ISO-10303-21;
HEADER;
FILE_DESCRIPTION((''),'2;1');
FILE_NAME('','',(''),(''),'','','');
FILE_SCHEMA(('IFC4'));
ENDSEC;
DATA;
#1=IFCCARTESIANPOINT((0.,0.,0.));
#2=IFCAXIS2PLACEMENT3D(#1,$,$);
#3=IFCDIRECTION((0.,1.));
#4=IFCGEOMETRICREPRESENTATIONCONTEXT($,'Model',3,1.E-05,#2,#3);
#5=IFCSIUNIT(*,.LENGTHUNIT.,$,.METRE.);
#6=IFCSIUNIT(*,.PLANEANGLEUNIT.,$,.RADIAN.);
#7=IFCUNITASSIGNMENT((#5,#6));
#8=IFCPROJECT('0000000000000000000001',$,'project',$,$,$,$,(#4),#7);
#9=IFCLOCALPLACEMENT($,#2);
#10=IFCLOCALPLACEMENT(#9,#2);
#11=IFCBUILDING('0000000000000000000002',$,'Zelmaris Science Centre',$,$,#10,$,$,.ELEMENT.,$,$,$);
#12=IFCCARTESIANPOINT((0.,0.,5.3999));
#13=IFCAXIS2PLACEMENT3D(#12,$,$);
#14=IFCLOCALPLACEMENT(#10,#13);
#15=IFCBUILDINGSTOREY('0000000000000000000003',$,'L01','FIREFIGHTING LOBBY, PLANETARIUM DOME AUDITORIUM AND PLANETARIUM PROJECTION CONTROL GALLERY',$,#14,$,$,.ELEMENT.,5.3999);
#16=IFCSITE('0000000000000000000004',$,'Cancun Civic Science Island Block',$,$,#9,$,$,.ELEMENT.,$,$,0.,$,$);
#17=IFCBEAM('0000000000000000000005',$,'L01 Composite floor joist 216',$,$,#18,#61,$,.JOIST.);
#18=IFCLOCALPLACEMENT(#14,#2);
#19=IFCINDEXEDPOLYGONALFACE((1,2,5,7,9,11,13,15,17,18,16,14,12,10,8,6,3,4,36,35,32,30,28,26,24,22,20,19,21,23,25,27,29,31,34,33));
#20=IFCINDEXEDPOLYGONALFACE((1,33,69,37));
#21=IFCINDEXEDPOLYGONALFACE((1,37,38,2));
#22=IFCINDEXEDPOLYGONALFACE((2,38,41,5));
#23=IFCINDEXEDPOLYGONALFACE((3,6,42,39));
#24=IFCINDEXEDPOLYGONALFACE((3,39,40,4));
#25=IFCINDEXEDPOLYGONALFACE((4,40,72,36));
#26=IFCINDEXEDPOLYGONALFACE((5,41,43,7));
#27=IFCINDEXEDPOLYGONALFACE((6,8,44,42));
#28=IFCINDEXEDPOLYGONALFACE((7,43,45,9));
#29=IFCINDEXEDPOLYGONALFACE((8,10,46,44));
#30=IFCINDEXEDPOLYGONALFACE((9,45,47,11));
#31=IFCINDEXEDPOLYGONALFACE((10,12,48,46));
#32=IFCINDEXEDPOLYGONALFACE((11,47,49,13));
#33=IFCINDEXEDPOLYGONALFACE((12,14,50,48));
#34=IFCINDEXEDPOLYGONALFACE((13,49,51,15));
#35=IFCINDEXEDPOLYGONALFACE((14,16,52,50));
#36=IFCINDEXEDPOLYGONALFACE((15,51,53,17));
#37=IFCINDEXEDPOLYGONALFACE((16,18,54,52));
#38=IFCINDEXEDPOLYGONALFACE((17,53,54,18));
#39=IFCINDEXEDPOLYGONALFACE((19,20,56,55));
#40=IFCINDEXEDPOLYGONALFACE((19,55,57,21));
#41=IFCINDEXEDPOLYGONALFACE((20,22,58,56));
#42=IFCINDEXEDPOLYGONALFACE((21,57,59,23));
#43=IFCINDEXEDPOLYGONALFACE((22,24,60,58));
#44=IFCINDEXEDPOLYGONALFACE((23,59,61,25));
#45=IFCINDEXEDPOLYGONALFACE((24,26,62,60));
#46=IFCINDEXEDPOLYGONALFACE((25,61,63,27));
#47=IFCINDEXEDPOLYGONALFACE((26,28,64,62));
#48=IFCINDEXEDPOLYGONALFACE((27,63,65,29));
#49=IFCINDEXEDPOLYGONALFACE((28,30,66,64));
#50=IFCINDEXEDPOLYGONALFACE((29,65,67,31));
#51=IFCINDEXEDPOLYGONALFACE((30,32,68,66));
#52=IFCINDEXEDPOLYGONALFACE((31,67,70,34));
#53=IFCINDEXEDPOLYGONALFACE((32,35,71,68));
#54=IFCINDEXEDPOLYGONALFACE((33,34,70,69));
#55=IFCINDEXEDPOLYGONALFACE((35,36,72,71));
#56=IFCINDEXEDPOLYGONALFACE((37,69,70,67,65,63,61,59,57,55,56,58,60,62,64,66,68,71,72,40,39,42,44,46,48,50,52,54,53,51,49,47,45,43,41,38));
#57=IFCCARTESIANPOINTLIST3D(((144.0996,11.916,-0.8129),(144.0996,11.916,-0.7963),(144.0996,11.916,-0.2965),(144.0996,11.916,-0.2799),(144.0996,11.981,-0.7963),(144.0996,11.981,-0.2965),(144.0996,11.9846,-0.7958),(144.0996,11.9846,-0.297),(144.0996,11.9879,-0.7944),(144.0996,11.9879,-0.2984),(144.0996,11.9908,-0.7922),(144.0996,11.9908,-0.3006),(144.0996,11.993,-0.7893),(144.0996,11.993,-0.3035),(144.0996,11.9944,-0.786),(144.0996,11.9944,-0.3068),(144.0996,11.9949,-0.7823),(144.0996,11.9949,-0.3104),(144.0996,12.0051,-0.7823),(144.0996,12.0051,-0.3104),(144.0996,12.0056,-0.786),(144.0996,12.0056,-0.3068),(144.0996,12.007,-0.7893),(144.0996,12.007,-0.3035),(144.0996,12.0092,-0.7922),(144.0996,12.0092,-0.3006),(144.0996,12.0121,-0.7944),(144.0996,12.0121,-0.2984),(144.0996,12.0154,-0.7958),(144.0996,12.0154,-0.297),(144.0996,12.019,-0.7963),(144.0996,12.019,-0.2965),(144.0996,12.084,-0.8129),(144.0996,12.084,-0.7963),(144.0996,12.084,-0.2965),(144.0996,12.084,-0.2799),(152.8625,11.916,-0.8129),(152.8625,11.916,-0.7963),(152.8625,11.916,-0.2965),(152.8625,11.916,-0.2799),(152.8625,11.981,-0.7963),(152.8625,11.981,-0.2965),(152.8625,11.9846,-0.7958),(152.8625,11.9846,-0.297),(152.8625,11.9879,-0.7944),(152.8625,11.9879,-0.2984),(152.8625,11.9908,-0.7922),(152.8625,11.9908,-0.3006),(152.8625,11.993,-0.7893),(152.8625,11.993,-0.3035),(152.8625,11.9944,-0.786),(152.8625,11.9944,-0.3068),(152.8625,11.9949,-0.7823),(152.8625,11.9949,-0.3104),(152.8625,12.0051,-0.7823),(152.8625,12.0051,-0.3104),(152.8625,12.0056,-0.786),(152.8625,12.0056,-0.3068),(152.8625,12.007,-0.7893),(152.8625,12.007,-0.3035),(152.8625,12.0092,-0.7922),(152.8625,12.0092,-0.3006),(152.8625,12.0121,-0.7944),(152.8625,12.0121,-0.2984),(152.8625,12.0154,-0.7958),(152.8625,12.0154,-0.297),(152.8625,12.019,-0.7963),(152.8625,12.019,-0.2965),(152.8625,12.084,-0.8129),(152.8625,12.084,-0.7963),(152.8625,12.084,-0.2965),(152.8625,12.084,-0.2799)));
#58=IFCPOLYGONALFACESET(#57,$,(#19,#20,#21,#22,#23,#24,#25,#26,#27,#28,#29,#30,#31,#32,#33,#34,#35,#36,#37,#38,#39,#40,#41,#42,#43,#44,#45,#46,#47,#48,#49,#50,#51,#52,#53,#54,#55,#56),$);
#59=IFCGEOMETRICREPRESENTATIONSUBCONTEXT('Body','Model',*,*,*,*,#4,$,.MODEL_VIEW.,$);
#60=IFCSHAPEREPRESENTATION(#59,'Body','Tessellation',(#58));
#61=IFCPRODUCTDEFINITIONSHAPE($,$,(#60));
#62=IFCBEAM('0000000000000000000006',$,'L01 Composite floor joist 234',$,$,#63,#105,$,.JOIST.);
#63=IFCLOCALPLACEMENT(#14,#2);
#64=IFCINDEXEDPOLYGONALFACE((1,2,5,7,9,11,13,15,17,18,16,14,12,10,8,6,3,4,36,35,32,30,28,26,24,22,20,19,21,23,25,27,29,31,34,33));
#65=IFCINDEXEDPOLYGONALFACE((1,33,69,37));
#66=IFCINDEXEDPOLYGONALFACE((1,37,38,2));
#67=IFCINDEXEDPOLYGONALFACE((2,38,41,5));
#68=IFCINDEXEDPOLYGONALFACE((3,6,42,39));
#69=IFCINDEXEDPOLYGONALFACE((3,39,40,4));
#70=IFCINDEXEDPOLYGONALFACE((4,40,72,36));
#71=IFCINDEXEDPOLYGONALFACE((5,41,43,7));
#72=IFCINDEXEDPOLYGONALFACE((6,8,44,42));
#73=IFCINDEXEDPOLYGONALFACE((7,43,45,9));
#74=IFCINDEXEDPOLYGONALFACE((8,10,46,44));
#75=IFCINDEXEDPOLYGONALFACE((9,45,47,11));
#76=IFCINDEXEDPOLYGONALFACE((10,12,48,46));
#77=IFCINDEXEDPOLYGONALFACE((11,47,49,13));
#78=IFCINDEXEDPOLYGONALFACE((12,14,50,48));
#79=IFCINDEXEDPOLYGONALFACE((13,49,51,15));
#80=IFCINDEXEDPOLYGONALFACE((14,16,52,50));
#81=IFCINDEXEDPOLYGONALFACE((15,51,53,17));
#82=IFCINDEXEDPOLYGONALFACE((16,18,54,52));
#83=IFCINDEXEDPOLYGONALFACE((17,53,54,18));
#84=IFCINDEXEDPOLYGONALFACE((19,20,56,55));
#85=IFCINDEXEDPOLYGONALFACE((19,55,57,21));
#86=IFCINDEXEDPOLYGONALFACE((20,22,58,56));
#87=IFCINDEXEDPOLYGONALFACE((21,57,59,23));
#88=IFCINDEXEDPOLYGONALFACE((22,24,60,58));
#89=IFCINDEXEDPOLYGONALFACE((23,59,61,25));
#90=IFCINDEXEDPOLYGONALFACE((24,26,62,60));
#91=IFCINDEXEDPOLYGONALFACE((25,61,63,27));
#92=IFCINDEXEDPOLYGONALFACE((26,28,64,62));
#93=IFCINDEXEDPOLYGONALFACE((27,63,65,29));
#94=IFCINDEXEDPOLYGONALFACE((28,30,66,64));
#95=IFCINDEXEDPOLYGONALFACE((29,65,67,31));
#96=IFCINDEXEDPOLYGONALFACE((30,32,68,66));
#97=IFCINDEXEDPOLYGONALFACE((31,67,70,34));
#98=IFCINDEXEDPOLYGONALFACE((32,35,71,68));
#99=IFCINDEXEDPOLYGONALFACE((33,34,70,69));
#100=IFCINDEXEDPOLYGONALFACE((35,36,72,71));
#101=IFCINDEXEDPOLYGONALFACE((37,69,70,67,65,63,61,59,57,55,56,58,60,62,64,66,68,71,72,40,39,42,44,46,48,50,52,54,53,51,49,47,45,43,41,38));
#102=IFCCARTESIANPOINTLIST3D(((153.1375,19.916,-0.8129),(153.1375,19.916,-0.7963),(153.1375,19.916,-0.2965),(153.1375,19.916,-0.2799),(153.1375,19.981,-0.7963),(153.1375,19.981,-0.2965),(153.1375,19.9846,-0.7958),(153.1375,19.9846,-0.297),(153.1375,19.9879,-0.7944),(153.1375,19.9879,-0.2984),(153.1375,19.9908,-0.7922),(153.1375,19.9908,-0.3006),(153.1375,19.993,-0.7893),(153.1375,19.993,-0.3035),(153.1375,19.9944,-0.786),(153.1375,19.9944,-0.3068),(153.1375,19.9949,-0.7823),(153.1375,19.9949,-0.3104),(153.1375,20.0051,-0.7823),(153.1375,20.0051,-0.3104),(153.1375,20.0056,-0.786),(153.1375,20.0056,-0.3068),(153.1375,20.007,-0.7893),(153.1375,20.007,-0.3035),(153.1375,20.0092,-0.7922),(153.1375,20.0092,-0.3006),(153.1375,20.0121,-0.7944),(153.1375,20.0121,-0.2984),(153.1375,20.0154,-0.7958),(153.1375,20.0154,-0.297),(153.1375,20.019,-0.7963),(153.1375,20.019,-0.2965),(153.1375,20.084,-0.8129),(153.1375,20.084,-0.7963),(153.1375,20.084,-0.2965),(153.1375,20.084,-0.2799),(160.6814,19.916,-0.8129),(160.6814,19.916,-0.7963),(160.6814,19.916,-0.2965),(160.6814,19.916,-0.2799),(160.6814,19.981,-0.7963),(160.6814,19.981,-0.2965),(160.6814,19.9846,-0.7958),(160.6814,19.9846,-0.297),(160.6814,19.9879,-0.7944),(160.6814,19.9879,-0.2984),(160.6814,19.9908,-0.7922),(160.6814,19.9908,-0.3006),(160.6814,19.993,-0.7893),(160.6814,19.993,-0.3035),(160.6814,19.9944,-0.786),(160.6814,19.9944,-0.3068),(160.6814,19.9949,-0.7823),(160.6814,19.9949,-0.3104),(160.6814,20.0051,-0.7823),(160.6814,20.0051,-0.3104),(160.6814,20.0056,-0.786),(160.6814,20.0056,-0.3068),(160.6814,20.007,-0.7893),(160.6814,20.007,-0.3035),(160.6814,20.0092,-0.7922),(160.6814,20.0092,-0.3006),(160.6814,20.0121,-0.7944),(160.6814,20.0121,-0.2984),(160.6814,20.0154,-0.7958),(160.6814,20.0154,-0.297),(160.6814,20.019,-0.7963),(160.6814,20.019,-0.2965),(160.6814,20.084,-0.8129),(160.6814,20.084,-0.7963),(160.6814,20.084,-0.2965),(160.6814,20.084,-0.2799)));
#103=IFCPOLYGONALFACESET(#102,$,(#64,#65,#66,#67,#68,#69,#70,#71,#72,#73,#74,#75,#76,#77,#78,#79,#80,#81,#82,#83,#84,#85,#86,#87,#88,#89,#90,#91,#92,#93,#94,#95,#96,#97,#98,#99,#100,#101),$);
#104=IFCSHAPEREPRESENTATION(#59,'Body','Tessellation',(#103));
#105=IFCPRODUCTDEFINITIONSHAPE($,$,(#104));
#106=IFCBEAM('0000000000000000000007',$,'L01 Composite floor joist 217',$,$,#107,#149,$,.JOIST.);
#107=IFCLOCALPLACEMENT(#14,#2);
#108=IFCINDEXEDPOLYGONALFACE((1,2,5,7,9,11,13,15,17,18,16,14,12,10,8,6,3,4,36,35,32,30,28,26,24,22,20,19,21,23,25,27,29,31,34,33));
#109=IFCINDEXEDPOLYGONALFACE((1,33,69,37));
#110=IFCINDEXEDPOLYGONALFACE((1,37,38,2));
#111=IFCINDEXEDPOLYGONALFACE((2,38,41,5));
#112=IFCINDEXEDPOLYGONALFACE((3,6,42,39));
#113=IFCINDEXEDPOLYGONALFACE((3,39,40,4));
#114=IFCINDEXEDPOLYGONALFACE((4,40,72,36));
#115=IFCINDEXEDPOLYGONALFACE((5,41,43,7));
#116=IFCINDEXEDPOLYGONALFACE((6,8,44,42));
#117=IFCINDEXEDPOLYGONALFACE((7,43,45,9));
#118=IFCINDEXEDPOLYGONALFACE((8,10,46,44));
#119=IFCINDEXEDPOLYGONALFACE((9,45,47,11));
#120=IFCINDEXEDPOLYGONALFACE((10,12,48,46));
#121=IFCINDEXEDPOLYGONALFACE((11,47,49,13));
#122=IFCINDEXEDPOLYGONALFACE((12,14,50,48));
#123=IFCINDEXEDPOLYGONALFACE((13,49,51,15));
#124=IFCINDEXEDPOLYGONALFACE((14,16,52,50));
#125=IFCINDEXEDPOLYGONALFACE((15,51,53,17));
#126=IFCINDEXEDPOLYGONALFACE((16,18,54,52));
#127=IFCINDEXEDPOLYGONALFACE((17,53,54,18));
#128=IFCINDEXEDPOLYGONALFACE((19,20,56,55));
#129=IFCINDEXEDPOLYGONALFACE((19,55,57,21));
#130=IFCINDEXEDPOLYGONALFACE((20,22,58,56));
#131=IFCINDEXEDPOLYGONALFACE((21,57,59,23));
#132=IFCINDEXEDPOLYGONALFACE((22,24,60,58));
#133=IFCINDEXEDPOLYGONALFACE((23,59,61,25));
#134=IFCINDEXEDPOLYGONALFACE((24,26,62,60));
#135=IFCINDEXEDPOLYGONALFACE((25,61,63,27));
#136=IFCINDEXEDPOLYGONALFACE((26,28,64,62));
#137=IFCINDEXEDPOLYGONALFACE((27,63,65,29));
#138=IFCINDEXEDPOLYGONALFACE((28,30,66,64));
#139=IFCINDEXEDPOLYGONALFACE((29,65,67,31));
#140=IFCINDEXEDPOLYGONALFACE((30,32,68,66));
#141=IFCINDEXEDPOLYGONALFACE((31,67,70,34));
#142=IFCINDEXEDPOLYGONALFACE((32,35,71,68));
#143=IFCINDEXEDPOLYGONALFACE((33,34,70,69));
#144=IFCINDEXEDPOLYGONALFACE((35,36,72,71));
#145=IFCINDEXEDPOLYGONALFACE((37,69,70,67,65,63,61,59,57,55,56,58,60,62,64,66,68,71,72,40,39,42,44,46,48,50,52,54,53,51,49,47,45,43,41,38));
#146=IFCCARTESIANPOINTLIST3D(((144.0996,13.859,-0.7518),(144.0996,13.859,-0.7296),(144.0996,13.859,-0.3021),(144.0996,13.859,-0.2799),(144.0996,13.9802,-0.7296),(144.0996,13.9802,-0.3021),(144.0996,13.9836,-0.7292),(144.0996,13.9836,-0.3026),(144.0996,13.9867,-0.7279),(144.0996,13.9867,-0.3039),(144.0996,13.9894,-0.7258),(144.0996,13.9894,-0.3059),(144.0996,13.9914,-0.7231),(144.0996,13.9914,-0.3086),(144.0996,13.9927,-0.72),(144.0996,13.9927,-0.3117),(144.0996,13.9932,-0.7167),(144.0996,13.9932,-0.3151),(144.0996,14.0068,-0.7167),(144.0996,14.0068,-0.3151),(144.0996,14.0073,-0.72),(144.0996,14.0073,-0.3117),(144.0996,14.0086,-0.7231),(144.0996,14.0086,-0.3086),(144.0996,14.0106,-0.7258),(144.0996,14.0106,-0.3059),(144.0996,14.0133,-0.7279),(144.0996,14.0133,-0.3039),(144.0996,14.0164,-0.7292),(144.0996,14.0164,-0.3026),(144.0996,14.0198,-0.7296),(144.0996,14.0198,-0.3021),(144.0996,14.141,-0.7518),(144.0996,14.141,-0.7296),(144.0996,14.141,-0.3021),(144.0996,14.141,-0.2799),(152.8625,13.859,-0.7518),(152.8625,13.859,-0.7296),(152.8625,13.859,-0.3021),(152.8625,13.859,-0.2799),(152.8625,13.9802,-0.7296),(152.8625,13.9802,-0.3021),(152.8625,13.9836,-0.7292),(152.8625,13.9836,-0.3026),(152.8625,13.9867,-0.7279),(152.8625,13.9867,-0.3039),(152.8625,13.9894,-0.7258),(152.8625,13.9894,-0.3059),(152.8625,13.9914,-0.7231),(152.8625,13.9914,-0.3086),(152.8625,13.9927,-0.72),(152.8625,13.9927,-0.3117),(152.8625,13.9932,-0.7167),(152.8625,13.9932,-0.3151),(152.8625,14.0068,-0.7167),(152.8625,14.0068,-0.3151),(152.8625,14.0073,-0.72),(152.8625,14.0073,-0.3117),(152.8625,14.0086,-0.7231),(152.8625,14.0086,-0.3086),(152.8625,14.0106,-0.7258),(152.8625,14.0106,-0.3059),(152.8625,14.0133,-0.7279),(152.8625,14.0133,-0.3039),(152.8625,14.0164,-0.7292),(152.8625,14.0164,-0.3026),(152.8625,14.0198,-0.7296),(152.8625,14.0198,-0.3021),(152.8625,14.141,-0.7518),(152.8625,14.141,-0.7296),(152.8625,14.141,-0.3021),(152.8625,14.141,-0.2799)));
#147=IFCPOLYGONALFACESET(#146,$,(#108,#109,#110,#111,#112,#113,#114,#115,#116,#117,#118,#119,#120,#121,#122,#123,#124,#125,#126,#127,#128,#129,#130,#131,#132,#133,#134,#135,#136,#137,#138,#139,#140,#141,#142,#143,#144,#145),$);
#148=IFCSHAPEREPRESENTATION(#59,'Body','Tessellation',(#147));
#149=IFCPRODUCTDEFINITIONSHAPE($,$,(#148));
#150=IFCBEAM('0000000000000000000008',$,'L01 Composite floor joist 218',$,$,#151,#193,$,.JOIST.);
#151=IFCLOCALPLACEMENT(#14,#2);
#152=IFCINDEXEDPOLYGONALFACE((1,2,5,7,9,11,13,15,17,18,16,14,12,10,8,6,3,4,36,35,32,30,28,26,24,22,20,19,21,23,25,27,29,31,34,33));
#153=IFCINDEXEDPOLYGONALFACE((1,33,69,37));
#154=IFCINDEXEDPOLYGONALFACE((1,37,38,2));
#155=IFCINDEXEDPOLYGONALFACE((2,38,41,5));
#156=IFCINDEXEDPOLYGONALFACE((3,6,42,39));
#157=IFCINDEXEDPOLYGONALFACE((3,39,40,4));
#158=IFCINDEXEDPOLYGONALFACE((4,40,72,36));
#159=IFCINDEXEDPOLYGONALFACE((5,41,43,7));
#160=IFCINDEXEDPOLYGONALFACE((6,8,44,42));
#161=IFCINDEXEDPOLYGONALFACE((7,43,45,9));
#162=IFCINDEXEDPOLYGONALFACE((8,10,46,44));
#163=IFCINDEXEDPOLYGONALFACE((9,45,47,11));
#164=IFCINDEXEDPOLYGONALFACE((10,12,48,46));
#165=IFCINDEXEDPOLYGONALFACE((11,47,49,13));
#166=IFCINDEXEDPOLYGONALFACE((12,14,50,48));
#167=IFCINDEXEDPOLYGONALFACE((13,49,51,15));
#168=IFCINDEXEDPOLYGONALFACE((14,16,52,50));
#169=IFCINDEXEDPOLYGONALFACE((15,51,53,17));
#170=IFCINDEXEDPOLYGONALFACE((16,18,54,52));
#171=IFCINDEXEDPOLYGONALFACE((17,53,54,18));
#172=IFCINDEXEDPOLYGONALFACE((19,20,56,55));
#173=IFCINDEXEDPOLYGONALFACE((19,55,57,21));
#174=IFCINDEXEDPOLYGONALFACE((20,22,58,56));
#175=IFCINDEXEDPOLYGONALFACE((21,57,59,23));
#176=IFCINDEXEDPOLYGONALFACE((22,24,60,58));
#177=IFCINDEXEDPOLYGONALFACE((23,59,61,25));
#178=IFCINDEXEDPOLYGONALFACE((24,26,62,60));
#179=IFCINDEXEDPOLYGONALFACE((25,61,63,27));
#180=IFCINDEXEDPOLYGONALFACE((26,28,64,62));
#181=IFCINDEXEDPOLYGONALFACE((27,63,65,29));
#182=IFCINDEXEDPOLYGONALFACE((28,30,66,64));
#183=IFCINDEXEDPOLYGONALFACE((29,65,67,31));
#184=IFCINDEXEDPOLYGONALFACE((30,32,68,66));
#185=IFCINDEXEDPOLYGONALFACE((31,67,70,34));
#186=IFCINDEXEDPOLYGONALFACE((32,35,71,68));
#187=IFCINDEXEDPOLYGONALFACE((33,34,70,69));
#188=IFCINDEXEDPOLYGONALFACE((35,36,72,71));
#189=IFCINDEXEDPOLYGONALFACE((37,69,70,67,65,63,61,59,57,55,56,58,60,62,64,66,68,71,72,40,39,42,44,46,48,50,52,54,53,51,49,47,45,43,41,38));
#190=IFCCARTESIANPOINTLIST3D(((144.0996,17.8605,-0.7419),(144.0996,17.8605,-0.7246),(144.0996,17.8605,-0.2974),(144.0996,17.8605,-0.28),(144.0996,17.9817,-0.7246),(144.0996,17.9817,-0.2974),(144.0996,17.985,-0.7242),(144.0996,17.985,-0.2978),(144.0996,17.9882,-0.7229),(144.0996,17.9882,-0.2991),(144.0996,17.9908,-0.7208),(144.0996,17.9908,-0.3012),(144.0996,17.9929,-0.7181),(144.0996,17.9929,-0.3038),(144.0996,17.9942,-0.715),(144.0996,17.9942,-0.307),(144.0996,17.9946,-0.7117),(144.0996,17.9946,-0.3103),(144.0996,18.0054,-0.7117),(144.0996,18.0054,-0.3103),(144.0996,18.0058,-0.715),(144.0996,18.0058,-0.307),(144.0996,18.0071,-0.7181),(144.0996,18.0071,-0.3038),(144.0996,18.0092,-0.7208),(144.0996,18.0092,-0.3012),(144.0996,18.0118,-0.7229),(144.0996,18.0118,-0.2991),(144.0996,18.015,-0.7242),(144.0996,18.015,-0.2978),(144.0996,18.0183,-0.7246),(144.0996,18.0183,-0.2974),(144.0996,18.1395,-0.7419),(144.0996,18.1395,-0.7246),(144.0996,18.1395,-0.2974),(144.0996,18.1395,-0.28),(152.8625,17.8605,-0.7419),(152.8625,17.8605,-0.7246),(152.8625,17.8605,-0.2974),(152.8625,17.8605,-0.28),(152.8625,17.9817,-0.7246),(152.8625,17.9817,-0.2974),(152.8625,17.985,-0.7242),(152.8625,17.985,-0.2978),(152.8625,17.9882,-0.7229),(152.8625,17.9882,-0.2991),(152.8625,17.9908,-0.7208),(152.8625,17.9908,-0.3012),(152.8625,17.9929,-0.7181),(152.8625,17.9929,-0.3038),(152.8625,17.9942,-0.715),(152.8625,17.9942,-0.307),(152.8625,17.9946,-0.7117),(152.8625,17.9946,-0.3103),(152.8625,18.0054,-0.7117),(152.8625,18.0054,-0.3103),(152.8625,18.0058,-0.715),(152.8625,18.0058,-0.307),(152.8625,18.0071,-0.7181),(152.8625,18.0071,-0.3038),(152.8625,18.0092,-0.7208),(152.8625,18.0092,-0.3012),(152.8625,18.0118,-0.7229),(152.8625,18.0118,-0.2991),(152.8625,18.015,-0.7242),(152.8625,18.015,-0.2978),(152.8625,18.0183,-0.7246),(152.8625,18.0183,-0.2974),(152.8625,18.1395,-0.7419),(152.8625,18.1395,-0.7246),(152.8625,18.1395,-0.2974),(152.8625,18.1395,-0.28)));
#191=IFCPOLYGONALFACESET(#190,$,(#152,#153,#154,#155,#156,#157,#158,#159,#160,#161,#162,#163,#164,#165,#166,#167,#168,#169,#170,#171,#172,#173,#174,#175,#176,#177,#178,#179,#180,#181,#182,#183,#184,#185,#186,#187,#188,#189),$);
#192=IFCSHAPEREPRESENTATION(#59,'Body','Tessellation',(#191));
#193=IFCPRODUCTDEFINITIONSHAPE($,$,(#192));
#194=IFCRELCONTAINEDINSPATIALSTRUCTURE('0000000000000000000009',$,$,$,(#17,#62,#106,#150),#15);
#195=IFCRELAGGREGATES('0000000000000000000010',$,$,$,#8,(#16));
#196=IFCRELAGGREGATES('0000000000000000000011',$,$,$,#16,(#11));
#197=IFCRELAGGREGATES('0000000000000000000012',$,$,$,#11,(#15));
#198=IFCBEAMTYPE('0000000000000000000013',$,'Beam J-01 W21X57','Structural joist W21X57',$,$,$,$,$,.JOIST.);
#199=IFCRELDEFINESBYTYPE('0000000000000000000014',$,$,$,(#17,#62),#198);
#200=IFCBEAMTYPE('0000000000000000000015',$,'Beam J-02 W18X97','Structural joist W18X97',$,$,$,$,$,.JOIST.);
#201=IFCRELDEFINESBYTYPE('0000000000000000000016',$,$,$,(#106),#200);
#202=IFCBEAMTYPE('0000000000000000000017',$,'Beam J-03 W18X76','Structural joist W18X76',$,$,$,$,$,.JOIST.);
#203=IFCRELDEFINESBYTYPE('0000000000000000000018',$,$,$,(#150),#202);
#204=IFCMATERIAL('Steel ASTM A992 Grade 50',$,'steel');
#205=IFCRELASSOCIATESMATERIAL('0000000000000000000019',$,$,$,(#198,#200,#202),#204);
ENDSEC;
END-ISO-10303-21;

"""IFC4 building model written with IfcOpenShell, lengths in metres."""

from ifc_helpers import new_model, si_unit, direction, frame, origin, origin_2d, place, context, subcontext, project, spatial, i_section, extrude, material, material_profile, profile_set, type_object, element, save


model = new_model("IFC4")

# Units and contexts
model_context = context("Model", 3, precision=1e-05, world=origin(), true_north=direction((0.0, 1.0)))
body_context = subcontext(model_context, "Body", "Model", "MODEL_VIEW")
ifc_project = project(units=[si_unit("LENGTHUNIT", "METRE"), si_unit("PLANEANGLEUNIT", "RADIAN")], contexts=[model_context])

# Site, building, storey
site_placement = place(None, origin())
site = spatial("IfcSite", under=ifc_project, at=site_placement, Name="Cancun Civic Science Island Block", CompositionType="ELEMENT", RefElevation=0.0)
building_placement = place(site_placement, origin())
building = spatial("IfcBuilding", under=site, at=building_placement, Name="Zelmaris Science Centre", CompositionType="ELEMENT")
storey_placement = place(building_placement, frame((0.0, 0.0, 5.3999)))
storey = spatial("IfcBuildingStorey", under=building, at=storey_placement, Name="L01", Description="FIREFIGHTING LOBBY, PLANETARIUM DOME AUDITORIUM AND PLANETARIUM PROJECTION CONTROL GALLERY", CompositionType="ELEMENT", Elevation=5.3999)

# Shared definitions
ifc_material_1 = material(Name="Steel ASTM A992 Grade 50", Category="steel")

# Beams
ifc_material_profile_1 = material_profile(ifc_material_1, i_section(OverallWidth=0.168, OverallDepth=0.533, WebThickness=0.0103, FlangeThickness=0.0166, FilletRadius=0.0139, at=origin_2d()), Name="W21X57")
ifc_profile_set_1 = profile_set([ifc_material_profile_1], Name="Steel ASTM A992 Grade 50")
beam_type_1 = type_object("IfcBeamType", Name="Beam J-01 W21X57", Description="Structural joist W21X57", PredefinedType="JOIST", material=ifc_profile_set_1)
beam_1_placement = place(storey_placement, frame((144.0996, 12.0, -0.5464), z_axis=(1.0, 0.0, 0.0), x_axis=(0.0, 1.0, 0.0)))
element("IfcBeam", 1, at=beam_1_placement, inside=storey, type_object=beam_type_1, Name="L01 Composite floor joist 216", PredefinedType="JOIST", context=body_context, shape_type="SweptSolid", body=[
    extrude(i_section(OverallWidth=0.168, OverallDepth=0.533, WebThickness=0.0103, FlangeThickness=0.0166, FilletRadius=0.0139, at=origin_2d()), origin(), (0.0, 0.0, 1.0), 8.7629),
])
beam_2_placement = place(storey_placement, frame((153.1375, 20.0, -0.5464), z_axis=(1.0, 0.0, 0.0), x_axis=(0.0, 1.0, 0.0)))
element("IfcBeam", 2, at=beam_2_placement, inside=storey, type_object=beam_type_1, Name="L01 Composite floor joist 234", PredefinedType="JOIST", context=body_context, shape_type="SweptSolid", body=[
    extrude(i_section(OverallWidth=0.168, OverallDepth=0.533, WebThickness=0.0103, FlangeThickness=0.0166, FilletRadius=0.0139, at=origin_2d()), origin(), (0.0, 0.0, 1.0), 7.5439),
])
ifc_material_profile_2 = material_profile(ifc_material_1, i_section(OverallWidth=0.282, OverallDepth=0.4719, WebThickness=0.0137, FlangeThickness=0.0222, FilletRadius=0.0129, at=origin_2d()), Name="W18X97")
ifc_profile_set_2 = profile_set([ifc_material_profile_2], Name="Steel ASTM A992 Grade 50")
beam_type_2 = type_object("IfcBeamType", Name="Beam J-02 W18X97", Description="Structural joist W18X97", PredefinedType="JOIST", material=ifc_profile_set_2)
beam_3_placement = place(storey_placement, frame((144.0996, 14.0, -0.5159), z_axis=(1.0, 0.0, 0.0), x_axis=(0.0, 1.0, 0.0)))
element("IfcBeam", 3, at=beam_3_placement, inside=storey, type_object=beam_type_2, Name="L01 Composite floor joist 217", PredefinedType="JOIST", context=body_context, shape_type="SweptSolid", body=[
    extrude(i_section(OverallWidth=0.282, OverallDepth=0.4719, WebThickness=0.0137, FlangeThickness=0.0222, FilletRadius=0.0129, at=origin_2d()), origin(), (0.0, 0.0, 1.0), 8.7629),
])
ifc_material_profile_3 = material_profile(ifc_material_1, i_section(OverallWidth=0.2791, OverallDepth=0.4619, WebThickness=0.0107, FlangeThickness=0.0173, FilletRadius=0.0129, at=origin_2d()), Name="W18X76")
ifc_profile_set_3 = profile_set([ifc_material_profile_3], Name="Steel ASTM A992 Grade 50")
beam_type_3 = type_object("IfcBeamType", Name="Beam J-03 W18X76", Description="Structural joist W18X76", PredefinedType="JOIST", material=ifc_profile_set_3)
beam_4_placement = place(storey_placement, frame((144.0996, 18.0, -0.511), z_axis=(1.0, 0.0, 0.0), x_axis=(0.0, 1.0, 0.0)))
element("IfcBeam", 4, at=beam_4_placement, inside=storey, type_object=beam_type_3, Name="L01 Composite floor joist 218", PredefinedType="JOIST", context=body_context, shape_type="SweptSolid", body=[
    extrude(i_section(OverallWidth=0.2791, OverallDepth=0.4619, WebThickness=0.0107, FlangeThickness=0.0173, FilletRadius=0.0129, at=origin_2d()), origin(), (0.0, 0.0, 1.0), 8.7629),
])

save(model, "model.ifc")
